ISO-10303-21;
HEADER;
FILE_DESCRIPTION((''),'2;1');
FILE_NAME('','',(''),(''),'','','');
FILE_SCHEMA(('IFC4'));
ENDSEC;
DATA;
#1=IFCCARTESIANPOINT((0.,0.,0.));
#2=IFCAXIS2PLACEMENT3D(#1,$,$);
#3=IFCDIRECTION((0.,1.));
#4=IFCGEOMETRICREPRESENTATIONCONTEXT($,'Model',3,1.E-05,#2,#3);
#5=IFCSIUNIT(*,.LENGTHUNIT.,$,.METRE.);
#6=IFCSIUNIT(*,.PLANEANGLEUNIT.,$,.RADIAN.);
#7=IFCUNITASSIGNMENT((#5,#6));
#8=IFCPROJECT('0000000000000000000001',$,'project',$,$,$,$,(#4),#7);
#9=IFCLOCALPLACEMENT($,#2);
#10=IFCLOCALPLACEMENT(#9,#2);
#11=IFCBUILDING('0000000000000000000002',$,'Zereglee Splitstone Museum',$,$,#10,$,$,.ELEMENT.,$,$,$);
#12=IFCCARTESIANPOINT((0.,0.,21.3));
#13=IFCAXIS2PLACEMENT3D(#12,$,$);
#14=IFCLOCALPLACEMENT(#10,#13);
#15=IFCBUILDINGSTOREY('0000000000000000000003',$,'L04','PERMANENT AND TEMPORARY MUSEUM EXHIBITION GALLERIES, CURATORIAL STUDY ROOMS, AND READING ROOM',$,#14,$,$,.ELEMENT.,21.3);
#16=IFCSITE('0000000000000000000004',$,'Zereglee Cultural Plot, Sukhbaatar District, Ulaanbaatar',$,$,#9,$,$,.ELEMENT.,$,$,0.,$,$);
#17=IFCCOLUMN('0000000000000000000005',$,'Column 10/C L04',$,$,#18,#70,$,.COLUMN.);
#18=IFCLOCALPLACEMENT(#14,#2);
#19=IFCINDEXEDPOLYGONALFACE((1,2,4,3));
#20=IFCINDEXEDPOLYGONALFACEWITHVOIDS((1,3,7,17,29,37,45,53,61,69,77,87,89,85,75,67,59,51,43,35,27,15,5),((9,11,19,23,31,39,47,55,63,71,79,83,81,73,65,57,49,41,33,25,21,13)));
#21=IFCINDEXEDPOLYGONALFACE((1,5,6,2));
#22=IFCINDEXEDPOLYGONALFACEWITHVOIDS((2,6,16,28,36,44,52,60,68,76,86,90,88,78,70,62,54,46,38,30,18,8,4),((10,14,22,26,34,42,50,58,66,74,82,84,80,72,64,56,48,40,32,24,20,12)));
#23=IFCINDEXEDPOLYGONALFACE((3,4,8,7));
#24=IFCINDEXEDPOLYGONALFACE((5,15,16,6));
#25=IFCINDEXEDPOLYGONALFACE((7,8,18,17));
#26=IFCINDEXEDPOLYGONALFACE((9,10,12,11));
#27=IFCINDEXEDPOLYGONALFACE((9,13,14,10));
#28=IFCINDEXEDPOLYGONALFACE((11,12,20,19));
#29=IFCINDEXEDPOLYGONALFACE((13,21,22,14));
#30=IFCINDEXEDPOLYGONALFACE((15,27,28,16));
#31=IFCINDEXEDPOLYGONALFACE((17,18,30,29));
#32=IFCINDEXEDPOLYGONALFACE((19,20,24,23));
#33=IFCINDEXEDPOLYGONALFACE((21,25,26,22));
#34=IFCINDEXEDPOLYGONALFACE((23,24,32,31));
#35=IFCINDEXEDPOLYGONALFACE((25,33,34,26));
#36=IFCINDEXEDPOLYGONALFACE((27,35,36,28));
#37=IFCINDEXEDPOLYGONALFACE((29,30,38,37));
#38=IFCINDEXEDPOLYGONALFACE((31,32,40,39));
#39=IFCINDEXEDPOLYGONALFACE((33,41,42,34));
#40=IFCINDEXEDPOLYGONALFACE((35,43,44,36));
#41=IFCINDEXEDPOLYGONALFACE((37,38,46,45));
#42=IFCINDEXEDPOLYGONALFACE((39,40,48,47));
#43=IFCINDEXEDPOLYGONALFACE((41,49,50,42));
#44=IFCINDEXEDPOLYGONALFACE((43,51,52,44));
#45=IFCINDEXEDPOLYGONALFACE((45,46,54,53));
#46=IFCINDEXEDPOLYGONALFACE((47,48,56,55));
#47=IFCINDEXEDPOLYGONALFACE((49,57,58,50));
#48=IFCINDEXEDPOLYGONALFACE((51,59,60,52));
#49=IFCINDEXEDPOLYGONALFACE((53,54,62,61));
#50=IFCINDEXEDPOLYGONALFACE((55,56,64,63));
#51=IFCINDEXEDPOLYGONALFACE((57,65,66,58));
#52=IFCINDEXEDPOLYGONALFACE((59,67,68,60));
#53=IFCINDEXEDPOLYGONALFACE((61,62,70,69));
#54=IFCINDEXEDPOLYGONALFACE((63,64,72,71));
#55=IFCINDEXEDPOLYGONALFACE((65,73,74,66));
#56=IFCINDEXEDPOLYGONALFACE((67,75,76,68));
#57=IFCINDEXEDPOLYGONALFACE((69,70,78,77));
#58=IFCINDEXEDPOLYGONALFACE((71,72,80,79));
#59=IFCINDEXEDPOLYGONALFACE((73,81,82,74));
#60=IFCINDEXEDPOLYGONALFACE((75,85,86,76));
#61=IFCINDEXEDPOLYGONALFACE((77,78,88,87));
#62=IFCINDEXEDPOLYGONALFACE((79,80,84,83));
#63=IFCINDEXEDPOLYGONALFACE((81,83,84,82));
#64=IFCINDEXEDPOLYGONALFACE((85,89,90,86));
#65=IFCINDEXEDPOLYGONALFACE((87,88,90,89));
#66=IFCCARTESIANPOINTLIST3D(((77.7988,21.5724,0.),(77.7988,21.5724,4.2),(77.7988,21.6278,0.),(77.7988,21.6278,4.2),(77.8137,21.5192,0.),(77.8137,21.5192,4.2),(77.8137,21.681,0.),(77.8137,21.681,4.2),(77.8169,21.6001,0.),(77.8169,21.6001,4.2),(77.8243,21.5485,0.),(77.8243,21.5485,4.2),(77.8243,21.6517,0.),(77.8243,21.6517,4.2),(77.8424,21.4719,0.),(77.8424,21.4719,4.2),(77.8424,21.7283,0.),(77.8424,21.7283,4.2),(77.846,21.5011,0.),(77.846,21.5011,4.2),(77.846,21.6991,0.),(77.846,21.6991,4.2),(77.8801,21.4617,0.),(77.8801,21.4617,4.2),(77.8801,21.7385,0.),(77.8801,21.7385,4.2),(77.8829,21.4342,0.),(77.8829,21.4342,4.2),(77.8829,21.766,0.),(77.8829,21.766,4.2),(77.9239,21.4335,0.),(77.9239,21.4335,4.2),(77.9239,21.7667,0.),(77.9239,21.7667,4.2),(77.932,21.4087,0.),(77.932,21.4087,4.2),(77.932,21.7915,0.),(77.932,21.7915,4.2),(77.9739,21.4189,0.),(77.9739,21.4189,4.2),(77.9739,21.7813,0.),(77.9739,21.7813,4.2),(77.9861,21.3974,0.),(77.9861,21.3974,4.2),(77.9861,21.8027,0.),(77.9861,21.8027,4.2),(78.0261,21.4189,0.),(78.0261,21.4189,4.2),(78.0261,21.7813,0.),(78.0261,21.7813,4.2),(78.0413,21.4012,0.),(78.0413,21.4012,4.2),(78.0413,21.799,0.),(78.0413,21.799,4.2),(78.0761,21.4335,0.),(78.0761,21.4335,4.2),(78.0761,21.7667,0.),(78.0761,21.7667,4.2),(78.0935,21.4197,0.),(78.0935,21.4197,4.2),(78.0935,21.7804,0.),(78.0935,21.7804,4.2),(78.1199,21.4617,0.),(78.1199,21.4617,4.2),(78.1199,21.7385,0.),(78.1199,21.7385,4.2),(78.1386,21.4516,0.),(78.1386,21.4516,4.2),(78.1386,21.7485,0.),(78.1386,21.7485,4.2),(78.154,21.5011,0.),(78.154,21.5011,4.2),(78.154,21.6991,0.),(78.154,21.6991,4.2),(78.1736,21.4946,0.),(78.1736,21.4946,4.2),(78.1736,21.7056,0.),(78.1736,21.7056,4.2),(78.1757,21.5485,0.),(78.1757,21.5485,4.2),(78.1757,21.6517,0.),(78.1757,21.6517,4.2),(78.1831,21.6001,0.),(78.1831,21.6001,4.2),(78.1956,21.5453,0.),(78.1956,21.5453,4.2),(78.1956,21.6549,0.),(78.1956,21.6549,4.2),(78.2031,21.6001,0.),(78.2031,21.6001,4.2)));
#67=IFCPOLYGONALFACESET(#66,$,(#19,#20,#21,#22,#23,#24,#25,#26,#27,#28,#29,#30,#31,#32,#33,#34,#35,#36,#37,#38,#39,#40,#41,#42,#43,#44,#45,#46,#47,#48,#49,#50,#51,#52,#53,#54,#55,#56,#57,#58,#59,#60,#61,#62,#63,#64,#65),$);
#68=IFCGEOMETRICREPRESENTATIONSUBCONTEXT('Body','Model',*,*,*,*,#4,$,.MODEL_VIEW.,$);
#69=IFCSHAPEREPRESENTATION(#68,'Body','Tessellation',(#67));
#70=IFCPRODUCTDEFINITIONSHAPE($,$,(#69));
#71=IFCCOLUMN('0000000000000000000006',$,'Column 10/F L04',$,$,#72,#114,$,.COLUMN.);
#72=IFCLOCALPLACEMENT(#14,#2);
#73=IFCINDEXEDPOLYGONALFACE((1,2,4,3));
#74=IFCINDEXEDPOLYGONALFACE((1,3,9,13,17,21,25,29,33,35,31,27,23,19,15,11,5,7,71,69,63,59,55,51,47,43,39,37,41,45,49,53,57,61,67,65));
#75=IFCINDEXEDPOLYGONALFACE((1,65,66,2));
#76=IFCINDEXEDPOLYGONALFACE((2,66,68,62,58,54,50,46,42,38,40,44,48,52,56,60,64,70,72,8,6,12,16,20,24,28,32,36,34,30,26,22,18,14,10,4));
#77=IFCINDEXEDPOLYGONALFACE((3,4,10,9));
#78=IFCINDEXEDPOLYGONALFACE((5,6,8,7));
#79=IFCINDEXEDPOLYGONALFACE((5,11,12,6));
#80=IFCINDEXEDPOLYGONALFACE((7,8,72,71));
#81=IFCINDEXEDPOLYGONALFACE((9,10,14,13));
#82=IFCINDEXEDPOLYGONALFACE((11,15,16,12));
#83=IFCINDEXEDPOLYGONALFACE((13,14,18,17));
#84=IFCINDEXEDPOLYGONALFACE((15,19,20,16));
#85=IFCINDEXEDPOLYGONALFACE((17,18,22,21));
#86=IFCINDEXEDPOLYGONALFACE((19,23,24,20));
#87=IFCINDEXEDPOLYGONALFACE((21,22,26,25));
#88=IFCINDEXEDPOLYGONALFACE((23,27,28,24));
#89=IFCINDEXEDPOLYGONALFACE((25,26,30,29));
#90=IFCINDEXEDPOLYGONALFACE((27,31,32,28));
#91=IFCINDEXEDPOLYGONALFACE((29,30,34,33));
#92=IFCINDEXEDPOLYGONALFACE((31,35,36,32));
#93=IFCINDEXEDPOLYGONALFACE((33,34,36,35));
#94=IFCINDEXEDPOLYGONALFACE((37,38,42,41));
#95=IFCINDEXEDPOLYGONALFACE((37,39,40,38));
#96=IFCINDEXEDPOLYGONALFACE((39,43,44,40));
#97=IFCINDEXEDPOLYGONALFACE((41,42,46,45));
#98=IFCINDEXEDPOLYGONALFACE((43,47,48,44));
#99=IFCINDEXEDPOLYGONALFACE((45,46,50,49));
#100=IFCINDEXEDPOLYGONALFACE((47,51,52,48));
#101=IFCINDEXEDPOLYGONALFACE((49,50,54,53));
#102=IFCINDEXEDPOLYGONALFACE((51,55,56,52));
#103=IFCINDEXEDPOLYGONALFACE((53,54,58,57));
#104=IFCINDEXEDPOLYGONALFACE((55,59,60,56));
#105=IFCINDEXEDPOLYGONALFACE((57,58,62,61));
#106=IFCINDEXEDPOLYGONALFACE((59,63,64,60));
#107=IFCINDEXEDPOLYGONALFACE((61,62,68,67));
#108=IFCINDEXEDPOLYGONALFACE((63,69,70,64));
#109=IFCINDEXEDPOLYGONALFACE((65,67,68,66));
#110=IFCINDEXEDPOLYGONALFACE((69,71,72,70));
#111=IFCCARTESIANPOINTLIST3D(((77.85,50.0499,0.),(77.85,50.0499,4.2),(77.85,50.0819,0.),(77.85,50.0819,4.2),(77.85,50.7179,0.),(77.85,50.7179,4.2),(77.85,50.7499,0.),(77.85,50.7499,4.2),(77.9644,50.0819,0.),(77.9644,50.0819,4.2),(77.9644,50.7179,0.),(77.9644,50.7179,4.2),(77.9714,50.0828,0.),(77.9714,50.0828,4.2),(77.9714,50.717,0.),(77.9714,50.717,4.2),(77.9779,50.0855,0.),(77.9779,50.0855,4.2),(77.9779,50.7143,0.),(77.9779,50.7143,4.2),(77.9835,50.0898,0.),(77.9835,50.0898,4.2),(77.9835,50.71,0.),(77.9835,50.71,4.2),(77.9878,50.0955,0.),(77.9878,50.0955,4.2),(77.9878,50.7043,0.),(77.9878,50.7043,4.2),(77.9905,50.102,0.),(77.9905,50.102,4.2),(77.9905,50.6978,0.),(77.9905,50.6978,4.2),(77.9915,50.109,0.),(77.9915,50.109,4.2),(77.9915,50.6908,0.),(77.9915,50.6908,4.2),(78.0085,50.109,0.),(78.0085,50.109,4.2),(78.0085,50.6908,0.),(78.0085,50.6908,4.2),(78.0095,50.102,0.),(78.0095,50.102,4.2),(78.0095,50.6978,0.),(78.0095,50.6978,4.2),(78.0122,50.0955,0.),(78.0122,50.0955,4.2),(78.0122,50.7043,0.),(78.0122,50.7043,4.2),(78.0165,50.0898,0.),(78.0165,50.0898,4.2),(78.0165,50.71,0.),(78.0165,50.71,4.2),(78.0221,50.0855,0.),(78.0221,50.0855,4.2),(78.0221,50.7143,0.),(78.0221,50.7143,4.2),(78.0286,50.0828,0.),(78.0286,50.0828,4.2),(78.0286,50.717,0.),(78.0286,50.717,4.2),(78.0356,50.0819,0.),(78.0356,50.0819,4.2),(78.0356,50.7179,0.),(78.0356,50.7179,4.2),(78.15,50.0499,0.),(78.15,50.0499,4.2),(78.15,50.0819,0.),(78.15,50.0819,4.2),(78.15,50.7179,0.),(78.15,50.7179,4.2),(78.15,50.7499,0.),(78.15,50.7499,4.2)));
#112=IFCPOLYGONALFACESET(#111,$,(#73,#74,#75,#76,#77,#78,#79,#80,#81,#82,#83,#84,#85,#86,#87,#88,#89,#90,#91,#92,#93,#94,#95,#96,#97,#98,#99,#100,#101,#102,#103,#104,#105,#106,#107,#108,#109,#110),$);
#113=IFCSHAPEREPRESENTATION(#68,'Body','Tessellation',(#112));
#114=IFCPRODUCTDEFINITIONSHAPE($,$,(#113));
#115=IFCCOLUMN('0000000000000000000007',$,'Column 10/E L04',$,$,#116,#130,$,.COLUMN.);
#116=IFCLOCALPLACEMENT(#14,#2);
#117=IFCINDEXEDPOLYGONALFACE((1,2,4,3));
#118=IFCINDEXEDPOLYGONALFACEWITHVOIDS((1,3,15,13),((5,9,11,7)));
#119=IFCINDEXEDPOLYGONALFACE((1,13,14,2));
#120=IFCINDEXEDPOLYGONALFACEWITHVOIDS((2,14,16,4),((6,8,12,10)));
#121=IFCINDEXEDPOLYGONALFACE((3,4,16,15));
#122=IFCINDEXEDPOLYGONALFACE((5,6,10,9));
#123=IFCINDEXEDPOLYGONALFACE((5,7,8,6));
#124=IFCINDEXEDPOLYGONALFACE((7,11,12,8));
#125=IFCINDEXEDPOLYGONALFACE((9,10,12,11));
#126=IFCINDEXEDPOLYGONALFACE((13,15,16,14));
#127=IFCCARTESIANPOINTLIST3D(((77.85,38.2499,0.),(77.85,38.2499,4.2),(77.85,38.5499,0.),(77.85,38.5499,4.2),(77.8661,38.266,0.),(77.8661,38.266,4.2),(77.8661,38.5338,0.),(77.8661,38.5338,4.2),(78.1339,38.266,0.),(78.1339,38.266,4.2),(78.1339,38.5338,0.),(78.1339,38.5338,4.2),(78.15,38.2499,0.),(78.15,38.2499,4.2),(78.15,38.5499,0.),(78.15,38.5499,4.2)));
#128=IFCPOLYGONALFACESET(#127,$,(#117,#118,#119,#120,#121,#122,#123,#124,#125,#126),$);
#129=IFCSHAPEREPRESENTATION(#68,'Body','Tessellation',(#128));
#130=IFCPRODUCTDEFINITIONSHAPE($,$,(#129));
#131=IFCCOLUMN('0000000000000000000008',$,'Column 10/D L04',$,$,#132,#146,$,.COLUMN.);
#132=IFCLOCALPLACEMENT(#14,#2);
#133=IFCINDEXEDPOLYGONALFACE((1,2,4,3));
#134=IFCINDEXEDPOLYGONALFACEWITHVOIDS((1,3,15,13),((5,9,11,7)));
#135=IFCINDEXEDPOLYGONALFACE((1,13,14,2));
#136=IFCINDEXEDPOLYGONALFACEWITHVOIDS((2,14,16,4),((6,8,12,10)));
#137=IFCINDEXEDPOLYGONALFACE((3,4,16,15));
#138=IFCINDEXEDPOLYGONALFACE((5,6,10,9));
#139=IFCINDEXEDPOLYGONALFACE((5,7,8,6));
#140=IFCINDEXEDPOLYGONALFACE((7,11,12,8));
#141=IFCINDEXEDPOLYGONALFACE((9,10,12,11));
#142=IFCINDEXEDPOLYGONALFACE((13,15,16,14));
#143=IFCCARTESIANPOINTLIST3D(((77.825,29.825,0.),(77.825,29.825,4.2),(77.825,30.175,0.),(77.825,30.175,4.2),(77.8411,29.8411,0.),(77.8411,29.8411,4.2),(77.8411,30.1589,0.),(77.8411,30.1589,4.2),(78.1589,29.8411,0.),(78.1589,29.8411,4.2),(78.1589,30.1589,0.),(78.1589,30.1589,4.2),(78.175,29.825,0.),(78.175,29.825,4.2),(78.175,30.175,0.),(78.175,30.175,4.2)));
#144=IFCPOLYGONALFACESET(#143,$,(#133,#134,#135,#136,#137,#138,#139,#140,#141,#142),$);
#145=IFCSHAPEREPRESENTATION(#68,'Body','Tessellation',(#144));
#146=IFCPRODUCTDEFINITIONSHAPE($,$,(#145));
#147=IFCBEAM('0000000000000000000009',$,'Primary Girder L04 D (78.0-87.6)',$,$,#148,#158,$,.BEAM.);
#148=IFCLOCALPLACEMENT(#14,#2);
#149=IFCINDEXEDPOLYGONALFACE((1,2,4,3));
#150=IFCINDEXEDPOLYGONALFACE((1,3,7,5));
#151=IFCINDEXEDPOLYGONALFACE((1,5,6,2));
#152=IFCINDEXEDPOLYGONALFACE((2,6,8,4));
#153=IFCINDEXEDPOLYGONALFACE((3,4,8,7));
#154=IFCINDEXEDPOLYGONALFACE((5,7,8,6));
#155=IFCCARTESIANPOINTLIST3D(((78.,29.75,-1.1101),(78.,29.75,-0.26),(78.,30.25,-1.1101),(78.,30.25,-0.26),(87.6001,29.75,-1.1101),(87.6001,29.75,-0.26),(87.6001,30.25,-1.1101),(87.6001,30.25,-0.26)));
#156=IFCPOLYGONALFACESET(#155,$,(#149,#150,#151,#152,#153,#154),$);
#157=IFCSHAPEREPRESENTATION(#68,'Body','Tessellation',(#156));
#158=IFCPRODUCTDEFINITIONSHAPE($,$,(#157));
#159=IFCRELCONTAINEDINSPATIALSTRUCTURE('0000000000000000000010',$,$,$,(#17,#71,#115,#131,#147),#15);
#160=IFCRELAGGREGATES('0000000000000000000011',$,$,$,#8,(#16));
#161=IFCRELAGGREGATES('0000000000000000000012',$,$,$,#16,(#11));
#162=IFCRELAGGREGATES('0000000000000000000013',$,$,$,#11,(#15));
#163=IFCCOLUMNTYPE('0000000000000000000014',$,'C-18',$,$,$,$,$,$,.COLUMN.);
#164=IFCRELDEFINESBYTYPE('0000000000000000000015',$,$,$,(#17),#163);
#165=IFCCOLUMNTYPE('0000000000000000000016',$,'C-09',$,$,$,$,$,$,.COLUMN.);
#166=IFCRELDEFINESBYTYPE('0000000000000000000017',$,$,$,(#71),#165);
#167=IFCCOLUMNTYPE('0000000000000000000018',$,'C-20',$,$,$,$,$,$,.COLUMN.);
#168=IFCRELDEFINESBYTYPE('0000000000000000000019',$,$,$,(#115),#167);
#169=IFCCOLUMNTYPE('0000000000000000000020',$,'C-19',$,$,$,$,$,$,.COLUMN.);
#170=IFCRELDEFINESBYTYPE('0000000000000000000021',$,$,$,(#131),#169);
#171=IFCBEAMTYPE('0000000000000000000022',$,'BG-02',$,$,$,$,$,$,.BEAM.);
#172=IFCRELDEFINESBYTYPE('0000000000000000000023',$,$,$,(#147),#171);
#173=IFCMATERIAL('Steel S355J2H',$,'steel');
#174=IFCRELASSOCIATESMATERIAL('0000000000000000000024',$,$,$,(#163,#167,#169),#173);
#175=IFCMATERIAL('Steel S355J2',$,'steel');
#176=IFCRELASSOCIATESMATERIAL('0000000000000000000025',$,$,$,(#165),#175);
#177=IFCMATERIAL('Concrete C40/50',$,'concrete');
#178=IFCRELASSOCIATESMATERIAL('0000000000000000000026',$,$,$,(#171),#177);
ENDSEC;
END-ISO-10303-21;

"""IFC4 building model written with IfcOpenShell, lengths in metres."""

from ifc_helpers import new_model, si_unit, direction, frame, origin, origin_2d, place, context, subcontext, project, spatial, rectangle, hollow_rectangle, hollow_circle, i_section, extrude, material, material_profile, profile_set, type_object, element, save


model = new_model("IFC4")

# Units and contexts
model_context = context("Model", 3, precision=1e-05, world=origin(), true_north=direction((0.0, 1.0)))
body_context = subcontext(model_context, "Body", "Model", "MODEL_VIEW")
ifc_project = project(units=[si_unit("LENGTHUNIT", "METRE"), si_unit("PLANEANGLEUNIT", "RADIAN")], contexts=[model_context])

# Site, building, storey
site_placement = place(None, origin())
site = spatial("IfcSite", under=ifc_project, at=site_placement, Name="Zereglee Cultural Plot, Sukhbaatar District, Ulaanbaatar", CompositionType="ELEMENT", RefElevation=0.0)
building_placement = place(site_placement, origin())
building = spatial("IfcBuilding", under=site, at=building_placement, Name="Zereglee Splitstone Museum", CompositionType="ELEMENT")
storey_placement = place(building_placement, frame((0.0, 0.0, 21.3)))
storey = spatial("IfcBuildingStorey", under=building, at=storey_placement, Name="L04", Description="PERMANENT AND TEMPORARY MUSEUM EXHIBITION GALLERIES, CURATORIAL STUDY ROOMS, AND READING ROOM", CompositionType="ELEMENT", Elevation=21.3)

# Columns
ifc_material_1 = material(Name="Steel S355J2H", Category="steel")
ifc_material_profile_1 = material_profile(ifc_material_1, hollow_circle(Radius=0.2031, WallThickness=0.02, at=origin_2d()), Name="CHS 406.4x20")
ifc_profile_set_1 = profile_set([ifc_material_profile_1], Name="Steel S355J2H")
column_type_1 = type_object("IfcColumnType", Name="C-18", PredefinedType="COLUMN", material=ifc_profile_set_1)
column_1_placement = place(storey_placement, frame((78.0, 21.6001, 0.0), z_axis=(0.0, 0.0, 1.0), x_axis=(1.0, 0.0, 0.0)))
element("IfcColumn", 1, at=column_1_placement, inside=storey, type_object=column_type_1, Name="Column 10/C L04", PredefinedType="COLUMN", context=body_context, shape_type="SweptSolid", body=[
    extrude(hollow_circle(Radius=0.2031, WallThickness=0.02, at=origin_2d()), origin(), (0.0, 0.0, 1.0), 4.2),
])
ifc_material_2 = material(Name="Steel S355J2", Category="steel")
ifc_material_profile_2 = material_profile(ifc_material_2, i_section(OverallWidth=0.3, OverallDepth=0.7, WebThickness=0.0171, FlangeThickness=0.032, FilletRadius=0.0271, at=origin_2d()), Name="HE 700 B")
ifc_profile_set_2 = profile_set([ifc_material_profile_2], Name="Steel S355J2")
column_type_2 = type_object("IfcColumnType", Name="C-09", PredefinedType="COLUMN", material=ifc_profile_set_2)
column_2_placement = place(storey_placement, frame((78.0, 50.3999, 0.0), z_axis=(0.0, 0.0, 1.0), x_axis=(1.0, 0.0, 0.0)))
element("IfcColumn", 2, at=column_2_placement, inside=storey, type_object=column_type_2, Name="Column 10/F L04", PredefinedType="COLUMN", context=body_context, shape_type="SweptSolid", body=[
    extrude(i_section(OverallWidth=0.3, OverallDepth=0.7, WebThickness=0.0171, FlangeThickness=0.032, FilletRadius=0.0271, at=origin_2d()), origin(), (0.0, 0.0, 1.0), 4.2),
])
ifc_material_profile_3 = material_profile(ifc_material_1, hollow_rectangle(XDim=0.3, YDim=0.3, WallThickness=0.0161, at=origin_2d()), Name="SHS 300x300x16")
ifc_profile_set_3 = profile_set([ifc_material_profile_3], Name="Steel S355J2H")
column_type_3 = type_object("IfcColumnType", Name="C-20", PredefinedType="COLUMN", material=ifc_profile_set_3)
column_3_placement = place(storey_placement, frame((78.0, 38.3999, 0.0), z_axis=(0.0, 0.0, 1.0), x_axis=(1.0, 0.0, 0.0)))
element("IfcColumn", 3, at=column_3_placement, inside=storey, type_object=column_type_3, Name="Column 10/E L04", PredefinedType="COLUMN", context=body_context, shape_type="SweptSolid", body=[
    extrude(hollow_rectangle(XDim=0.3, YDim=0.3, WallThickness=0.0161, at=origin_2d()), origin(), (0.0, 0.0, 1.0), 4.2),
])
ifc_material_profile_4 = material_profile(ifc_material_1, hollow_rectangle(XDim=0.3501, YDim=0.3501, WallThickness=0.0161, at=origin_2d()), Name="SHS 350x350x16")
ifc_profile_set_4 = profile_set([ifc_material_profile_4], Name="Steel S355J2H")
column_type_4 = type_object("IfcColumnType", Name="C-19", PredefinedType="COLUMN", material=ifc_profile_set_4)
column_4_placement = place(storey_placement, frame((78.0, 30.0, 0.0), z_axis=(0.0, 0.0, 1.0), x_axis=(1.0, 0.0, 0.0)))
element("IfcColumn", 4, at=column_4_placement, inside=storey, type_object=column_type_4, Name="Column 10/D L04", PredefinedType="COLUMN", context=body_context, shape_type="SweptSolid", body=[
    extrude(hollow_rectangle(XDim=0.3501, YDim=0.3501, WallThickness=0.0161, at=origin_2d()), origin(), (0.0, 0.0, 1.0), 4.2),
])

# Beam
ifc_material_3 = material(Name="Concrete C40/50", Category="concrete")
ifc_material_profile_5 = material_profile(ifc_material_3, rectangle(XDim=0.5, YDim=0.8501, at=origin_2d()), Name="RC 500x850")
ifc_profile_set_5 = profile_set([ifc_material_profile_5], Name="Concrete C40/50")
beam_type_1 = type_object("IfcBeamType", Name="BG-02", PredefinedType="BEAM", material=ifc_profile_set_5)
beam_1_placement = place(storey_placement, frame((78.0, 30.0, -0.6851), z_axis=(1.0, 0.0, 0.0), x_axis=(0.0, 1.0, 0.0)))
element("IfcBeam", 5, at=beam_1_placement, inside=storey, type_object=beam_type_1, Name="Primary Girder L04 D (78.0-87.6)", PredefinedType="BEAM", context=body_context, shape_type="SweptSolid", body=[
    extrude(rectangle(XDim=0.5, YDim=0.8501, at=origin_2d()), origin(), (0.0, 0.0, 1.0), 9.6001),
])

save(model, "model.ifc")
